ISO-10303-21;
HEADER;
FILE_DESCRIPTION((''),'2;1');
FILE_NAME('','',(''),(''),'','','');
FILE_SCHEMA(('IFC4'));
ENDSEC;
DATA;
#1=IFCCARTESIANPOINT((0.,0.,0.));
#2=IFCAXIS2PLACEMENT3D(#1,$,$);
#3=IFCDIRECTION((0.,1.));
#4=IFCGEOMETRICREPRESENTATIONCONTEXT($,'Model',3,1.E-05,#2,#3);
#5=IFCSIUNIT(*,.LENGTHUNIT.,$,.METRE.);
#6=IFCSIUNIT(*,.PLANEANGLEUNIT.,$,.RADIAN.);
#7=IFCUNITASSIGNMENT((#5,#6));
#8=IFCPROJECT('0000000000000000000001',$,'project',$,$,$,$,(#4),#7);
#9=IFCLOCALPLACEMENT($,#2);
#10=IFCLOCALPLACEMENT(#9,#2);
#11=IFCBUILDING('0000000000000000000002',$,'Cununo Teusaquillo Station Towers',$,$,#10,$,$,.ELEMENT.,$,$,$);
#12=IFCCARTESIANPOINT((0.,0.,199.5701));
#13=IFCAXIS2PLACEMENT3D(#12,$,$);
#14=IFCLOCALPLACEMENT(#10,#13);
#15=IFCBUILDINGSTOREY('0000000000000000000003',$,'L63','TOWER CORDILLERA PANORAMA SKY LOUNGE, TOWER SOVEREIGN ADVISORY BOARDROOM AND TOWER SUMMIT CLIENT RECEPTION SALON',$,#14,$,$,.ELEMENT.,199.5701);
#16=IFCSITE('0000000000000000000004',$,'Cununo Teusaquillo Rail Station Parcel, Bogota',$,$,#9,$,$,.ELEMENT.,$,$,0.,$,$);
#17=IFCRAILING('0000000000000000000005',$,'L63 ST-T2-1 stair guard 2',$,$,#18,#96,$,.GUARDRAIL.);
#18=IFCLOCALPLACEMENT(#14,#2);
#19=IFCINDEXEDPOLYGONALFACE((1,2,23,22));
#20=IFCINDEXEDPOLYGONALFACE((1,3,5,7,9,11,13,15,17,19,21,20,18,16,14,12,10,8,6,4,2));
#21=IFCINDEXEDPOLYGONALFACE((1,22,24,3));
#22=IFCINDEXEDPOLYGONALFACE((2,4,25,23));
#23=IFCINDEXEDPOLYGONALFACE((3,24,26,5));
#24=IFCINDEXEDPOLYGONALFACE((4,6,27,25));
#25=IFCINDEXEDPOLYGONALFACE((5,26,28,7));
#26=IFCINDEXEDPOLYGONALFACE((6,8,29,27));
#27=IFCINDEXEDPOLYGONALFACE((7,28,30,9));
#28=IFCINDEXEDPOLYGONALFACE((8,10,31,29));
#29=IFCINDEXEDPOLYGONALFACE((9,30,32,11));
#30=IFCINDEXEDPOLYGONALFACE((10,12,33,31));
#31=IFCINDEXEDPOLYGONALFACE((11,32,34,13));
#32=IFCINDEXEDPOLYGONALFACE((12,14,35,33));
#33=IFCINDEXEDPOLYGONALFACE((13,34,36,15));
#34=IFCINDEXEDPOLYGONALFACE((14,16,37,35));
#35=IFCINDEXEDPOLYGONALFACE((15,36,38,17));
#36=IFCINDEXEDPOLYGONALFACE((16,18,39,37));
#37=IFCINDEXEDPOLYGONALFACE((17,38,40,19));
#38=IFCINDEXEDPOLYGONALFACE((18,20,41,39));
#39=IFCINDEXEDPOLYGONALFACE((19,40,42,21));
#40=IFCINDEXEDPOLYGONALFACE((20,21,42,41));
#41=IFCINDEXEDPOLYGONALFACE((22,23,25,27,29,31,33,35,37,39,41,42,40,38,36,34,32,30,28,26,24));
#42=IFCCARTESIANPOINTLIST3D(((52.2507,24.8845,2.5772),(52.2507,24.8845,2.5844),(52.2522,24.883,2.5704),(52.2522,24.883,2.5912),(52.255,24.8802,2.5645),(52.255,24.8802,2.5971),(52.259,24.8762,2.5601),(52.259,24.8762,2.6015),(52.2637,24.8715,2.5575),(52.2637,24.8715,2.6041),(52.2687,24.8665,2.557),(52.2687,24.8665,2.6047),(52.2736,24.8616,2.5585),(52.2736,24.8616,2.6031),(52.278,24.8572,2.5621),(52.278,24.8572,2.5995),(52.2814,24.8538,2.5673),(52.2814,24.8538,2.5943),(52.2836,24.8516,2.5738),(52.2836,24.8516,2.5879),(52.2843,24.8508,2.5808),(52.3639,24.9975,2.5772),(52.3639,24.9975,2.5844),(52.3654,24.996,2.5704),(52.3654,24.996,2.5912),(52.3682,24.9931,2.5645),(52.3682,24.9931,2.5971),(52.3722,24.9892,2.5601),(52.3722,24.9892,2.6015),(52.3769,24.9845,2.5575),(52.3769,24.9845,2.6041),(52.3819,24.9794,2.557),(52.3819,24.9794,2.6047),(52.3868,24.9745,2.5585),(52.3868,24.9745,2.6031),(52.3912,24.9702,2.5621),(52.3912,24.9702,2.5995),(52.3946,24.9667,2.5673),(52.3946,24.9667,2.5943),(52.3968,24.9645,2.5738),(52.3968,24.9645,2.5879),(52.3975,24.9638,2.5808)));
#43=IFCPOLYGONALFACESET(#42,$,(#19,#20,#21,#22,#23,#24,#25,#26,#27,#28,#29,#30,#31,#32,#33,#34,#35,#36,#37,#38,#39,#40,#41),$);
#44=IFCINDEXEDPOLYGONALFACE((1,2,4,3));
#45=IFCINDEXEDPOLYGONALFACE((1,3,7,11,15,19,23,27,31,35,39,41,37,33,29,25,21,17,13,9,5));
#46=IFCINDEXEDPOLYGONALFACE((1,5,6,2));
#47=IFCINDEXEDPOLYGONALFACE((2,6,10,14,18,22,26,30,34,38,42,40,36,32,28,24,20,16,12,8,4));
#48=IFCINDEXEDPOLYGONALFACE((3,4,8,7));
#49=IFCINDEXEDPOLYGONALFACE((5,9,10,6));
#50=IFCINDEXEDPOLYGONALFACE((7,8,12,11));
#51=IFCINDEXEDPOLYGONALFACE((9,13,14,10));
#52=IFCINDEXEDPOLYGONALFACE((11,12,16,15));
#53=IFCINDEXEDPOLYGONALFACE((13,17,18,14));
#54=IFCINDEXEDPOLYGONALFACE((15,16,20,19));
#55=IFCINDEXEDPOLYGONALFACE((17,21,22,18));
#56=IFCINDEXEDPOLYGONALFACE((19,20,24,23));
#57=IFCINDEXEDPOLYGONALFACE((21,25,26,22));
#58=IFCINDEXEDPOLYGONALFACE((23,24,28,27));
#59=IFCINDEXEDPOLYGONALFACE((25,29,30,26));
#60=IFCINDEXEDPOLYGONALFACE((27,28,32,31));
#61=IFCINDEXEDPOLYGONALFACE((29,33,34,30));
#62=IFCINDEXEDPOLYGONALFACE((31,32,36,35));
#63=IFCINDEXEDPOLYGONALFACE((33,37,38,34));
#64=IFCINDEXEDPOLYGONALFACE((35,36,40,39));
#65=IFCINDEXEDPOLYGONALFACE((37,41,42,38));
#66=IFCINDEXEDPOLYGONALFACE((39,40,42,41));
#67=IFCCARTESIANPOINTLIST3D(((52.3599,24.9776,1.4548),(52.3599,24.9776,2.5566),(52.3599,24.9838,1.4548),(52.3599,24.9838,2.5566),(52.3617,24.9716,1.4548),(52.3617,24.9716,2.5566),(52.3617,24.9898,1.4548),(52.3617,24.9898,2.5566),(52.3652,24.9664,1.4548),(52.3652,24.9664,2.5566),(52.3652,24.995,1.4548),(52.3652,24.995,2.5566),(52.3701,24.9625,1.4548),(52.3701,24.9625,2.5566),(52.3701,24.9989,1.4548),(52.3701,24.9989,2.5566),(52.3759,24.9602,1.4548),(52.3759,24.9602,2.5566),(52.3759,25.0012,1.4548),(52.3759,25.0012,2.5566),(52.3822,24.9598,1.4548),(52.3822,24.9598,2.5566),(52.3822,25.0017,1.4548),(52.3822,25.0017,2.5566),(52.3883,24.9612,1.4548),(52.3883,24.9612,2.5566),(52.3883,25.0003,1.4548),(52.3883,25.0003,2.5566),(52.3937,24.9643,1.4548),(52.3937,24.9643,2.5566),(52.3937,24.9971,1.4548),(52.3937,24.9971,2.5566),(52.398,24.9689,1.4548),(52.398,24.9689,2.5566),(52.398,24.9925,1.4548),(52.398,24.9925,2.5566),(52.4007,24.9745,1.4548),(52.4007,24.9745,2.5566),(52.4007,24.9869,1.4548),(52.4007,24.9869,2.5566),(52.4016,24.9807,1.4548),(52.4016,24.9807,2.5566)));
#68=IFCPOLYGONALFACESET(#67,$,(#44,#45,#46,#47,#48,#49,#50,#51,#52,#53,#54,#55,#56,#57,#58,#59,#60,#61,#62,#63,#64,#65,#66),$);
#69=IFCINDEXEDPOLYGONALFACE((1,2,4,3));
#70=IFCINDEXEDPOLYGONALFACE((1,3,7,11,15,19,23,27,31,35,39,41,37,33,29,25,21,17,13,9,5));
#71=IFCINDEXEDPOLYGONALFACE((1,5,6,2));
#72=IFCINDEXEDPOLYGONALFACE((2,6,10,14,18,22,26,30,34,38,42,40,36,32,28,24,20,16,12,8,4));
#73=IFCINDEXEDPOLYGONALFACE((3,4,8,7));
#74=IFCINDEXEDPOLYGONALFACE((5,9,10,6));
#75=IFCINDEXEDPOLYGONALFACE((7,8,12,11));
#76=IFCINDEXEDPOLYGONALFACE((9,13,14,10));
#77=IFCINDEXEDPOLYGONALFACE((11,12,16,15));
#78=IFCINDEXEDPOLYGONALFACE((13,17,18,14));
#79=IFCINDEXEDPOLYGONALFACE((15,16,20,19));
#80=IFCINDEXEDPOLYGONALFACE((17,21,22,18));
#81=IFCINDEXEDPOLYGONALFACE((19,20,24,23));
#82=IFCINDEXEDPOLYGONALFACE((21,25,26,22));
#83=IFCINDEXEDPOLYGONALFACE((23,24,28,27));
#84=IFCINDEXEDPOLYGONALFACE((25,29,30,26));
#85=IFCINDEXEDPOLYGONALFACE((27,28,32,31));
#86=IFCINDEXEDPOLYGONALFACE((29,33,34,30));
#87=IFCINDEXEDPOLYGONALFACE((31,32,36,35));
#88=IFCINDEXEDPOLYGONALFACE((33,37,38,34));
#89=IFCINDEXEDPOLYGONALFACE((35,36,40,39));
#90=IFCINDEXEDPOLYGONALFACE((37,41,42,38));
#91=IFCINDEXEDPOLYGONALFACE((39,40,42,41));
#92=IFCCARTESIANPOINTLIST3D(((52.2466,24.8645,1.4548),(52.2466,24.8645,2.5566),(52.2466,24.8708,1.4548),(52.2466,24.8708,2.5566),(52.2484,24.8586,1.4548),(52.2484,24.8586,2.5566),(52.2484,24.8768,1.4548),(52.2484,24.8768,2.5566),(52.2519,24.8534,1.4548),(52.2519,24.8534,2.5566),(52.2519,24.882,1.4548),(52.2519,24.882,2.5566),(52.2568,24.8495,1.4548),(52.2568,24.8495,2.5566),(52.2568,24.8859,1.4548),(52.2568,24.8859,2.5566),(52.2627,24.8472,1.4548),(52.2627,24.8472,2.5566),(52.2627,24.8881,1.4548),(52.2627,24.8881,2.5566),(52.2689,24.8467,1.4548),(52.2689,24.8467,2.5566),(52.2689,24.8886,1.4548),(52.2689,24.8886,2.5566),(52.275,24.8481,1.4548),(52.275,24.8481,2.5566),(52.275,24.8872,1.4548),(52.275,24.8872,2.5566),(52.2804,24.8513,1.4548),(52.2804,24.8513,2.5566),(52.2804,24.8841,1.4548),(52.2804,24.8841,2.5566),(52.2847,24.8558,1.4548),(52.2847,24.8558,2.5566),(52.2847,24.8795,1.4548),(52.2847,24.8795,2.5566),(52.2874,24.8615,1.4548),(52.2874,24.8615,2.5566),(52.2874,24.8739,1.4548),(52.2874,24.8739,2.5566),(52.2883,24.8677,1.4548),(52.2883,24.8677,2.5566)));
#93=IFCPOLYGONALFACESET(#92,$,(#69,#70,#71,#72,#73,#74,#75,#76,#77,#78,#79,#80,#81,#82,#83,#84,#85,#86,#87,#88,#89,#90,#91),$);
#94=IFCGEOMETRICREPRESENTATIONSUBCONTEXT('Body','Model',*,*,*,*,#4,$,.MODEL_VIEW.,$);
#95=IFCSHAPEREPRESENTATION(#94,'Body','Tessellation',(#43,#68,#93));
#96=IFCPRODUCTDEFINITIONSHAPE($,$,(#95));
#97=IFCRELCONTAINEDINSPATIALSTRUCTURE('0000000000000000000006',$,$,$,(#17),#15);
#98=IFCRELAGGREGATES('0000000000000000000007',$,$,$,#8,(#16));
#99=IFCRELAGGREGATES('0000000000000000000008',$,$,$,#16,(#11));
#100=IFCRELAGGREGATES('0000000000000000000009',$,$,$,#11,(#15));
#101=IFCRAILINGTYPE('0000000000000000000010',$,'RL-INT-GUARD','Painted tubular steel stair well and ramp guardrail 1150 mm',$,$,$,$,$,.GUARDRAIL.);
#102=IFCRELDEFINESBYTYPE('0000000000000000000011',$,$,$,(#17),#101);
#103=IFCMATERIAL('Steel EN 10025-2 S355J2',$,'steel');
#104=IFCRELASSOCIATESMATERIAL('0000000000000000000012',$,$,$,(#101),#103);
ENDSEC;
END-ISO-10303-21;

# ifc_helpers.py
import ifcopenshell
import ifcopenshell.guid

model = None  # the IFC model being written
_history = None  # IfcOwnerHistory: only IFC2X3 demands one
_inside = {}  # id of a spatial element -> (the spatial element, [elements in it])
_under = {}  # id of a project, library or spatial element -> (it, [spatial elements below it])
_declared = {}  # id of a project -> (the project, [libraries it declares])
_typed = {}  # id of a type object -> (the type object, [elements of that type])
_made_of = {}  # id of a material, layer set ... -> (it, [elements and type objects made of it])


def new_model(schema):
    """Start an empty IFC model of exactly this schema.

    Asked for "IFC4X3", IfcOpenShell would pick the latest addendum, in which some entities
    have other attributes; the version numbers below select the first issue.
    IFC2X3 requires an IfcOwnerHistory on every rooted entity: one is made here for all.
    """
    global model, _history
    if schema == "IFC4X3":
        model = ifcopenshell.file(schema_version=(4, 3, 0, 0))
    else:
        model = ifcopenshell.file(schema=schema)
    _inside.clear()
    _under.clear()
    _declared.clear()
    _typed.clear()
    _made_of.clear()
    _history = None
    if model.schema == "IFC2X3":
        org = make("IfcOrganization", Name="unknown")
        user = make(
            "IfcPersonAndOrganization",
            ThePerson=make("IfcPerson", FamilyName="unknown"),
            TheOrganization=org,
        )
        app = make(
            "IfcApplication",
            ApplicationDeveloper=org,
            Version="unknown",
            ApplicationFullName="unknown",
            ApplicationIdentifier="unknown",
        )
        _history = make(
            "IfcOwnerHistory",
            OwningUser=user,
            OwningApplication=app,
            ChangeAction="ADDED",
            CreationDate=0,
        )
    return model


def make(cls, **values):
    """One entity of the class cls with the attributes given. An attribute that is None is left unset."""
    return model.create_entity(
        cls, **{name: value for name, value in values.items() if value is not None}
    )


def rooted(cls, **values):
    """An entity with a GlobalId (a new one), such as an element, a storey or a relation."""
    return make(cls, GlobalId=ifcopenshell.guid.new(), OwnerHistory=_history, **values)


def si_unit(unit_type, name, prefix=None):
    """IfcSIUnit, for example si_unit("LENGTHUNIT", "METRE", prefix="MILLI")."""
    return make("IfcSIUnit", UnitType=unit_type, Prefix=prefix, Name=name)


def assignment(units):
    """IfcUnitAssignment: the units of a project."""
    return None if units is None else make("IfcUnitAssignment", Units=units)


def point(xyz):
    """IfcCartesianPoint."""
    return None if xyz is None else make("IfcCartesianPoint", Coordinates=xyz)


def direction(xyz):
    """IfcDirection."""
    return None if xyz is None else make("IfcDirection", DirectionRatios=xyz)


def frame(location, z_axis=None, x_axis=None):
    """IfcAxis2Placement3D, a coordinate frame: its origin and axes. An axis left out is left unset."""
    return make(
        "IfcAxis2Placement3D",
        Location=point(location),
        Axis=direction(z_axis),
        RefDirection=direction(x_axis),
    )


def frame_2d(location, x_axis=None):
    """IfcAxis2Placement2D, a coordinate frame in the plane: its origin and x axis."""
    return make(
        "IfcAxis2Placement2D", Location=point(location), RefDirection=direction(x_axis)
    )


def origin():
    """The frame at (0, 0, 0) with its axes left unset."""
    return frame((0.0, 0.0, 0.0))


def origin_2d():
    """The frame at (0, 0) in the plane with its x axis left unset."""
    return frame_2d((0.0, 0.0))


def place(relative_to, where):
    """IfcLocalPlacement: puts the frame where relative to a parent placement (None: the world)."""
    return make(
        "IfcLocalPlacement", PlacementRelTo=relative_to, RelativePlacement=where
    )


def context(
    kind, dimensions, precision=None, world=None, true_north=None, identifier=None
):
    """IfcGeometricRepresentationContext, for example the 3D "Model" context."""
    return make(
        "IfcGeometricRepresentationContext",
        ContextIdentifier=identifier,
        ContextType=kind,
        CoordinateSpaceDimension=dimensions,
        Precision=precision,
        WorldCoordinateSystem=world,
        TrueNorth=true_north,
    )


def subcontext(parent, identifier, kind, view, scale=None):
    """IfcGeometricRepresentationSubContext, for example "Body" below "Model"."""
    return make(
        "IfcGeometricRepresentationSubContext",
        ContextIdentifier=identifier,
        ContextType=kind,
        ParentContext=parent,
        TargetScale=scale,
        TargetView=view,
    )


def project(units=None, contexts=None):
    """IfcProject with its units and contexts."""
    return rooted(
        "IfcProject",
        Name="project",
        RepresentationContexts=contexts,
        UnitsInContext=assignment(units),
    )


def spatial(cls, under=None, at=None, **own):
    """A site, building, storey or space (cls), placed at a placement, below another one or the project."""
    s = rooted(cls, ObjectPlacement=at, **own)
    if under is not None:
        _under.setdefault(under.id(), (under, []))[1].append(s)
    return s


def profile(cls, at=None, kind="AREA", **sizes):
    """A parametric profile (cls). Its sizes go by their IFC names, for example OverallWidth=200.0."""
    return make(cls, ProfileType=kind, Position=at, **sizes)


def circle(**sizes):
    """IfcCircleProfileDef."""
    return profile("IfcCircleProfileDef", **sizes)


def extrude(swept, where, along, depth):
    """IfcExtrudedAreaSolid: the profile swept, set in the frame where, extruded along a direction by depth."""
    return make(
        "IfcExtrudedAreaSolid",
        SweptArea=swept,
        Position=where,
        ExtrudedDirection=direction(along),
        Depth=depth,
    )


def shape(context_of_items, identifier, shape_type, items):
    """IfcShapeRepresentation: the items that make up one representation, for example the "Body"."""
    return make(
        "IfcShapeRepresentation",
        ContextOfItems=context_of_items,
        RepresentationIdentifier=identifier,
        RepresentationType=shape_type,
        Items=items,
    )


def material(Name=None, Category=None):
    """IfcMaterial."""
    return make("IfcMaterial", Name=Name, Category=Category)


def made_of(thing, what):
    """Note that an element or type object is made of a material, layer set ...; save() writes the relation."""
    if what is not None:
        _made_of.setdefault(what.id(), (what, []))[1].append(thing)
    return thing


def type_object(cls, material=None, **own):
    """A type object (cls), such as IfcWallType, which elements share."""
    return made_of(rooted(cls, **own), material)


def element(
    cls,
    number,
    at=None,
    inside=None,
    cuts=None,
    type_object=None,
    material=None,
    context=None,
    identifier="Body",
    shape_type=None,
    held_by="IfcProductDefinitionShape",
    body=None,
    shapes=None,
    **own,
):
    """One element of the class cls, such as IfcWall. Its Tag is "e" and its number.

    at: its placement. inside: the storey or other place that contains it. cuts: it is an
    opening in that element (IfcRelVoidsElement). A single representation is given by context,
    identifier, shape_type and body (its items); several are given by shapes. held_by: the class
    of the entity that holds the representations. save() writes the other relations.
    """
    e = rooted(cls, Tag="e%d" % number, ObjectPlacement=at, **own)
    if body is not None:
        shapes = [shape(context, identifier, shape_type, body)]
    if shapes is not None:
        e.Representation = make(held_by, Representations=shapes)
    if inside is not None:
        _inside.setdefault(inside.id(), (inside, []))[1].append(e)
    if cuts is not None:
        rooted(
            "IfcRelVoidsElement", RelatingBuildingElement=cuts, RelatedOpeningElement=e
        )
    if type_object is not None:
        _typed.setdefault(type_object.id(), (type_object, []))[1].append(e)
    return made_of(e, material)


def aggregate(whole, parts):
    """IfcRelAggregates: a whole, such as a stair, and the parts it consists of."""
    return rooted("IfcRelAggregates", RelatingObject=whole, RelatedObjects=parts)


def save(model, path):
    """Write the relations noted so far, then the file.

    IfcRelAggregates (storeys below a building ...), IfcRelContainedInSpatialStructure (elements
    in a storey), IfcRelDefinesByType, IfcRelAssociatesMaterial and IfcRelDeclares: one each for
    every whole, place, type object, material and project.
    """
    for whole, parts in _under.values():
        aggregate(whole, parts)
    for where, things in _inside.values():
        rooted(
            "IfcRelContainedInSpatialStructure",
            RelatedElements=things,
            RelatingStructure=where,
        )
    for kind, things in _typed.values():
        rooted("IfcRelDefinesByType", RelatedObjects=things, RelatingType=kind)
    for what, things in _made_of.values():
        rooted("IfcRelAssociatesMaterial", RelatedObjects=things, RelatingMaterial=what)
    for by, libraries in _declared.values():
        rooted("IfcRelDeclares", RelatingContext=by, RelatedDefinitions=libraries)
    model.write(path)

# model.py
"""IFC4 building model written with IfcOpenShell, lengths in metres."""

from ifc_helpers import new_model, si_unit, direction, frame, origin, origin_2d, place, context, subcontext, project, spatial, circle, extrude, material, type_object, element, save


model = new_model("IFC4")

# Units and contexts
model_context = context("Model", 3, precision=1e-05, world=origin(), true_north=direction((0.0, 1.0)))
body_context = subcontext(model_context, "Body", "Model", "MODEL_VIEW")
ifc_project = project(units=[si_unit("LENGTHUNIT", "METRE"), si_unit("PLANEANGLEUNIT", "RADIAN")], contexts=[model_context])

# Site, building, storey
site_placement = place(None, origin())
site = spatial("IfcSite", under=ifc_project, at=site_placement, Name="Cununo Teusaquillo Rail Station Parcel, Bogota", CompositionType="ELEMENT", RefElevation=0.0)
building_placement = place(site_placement, origin())
building = spatial("IfcBuilding", under=site, at=building_placement, Name="Cununo Teusaquillo Station Towers", CompositionType="ELEMENT")
storey_placement = place(building_placement, frame((0.0, 0.0, 199.5701)))
storey = spatial("IfcBuildingStorey", under=building, at=storey_placement, Name="L63", Description="TOWER CORDILLERA PANORAMA SKY LOUNGE, TOWER SOVEREIGN ADVISORY BOARDROOM AND TOWER SUMMIT CLIENT RECEPTION SALON", CompositionType="ELEMENT", Elevation=199.5701)

# Railing
ifc_material_1 = material(Name="Steel EN 10025-2 S355J2", Category="steel")
railing_type_1 = type_object("IfcRailingType", Name="RL-INT-GUARD", Description="Painted tubular steel stair well and ramp guardrail 1150 mm", PredefinedType="GUARDRAIL", material=ifc_material_1)
railing_1_placement = place(storey_placement, frame((52.3806, 24.9807, 1.4548)))
element("IfcRailing", 1, at=railing_1_placement, inside=storey, type_object=railing_type_1, Name="L63 ST-T2-1 stair guard 2", PredefinedType="GUARDRAIL", context=body_context, shape_type="SweptSolid", body=[
    extrude(circle(Radius=0.0239, at=origin_2d()), frame((0.0, 0.0, 1.126), z_axis=(-0.707869, -0.706344, 0.0), x_axis=(0.706344, -0.707869, 0.0)), (0.0, 0.0, 1.0), 0.1599),
    extrude(circle(Radius=0.021, at=origin_2d()), origin(), (0.0, 0.0, 1.0), 1.1018),
    extrude(circle(Radius=0.021, at=origin_2d()), frame((-0.1133, -0.113, 0.0)), (0.0, 0.0, 1.0), 1.1018),
])

save(model, "model.ifc")
